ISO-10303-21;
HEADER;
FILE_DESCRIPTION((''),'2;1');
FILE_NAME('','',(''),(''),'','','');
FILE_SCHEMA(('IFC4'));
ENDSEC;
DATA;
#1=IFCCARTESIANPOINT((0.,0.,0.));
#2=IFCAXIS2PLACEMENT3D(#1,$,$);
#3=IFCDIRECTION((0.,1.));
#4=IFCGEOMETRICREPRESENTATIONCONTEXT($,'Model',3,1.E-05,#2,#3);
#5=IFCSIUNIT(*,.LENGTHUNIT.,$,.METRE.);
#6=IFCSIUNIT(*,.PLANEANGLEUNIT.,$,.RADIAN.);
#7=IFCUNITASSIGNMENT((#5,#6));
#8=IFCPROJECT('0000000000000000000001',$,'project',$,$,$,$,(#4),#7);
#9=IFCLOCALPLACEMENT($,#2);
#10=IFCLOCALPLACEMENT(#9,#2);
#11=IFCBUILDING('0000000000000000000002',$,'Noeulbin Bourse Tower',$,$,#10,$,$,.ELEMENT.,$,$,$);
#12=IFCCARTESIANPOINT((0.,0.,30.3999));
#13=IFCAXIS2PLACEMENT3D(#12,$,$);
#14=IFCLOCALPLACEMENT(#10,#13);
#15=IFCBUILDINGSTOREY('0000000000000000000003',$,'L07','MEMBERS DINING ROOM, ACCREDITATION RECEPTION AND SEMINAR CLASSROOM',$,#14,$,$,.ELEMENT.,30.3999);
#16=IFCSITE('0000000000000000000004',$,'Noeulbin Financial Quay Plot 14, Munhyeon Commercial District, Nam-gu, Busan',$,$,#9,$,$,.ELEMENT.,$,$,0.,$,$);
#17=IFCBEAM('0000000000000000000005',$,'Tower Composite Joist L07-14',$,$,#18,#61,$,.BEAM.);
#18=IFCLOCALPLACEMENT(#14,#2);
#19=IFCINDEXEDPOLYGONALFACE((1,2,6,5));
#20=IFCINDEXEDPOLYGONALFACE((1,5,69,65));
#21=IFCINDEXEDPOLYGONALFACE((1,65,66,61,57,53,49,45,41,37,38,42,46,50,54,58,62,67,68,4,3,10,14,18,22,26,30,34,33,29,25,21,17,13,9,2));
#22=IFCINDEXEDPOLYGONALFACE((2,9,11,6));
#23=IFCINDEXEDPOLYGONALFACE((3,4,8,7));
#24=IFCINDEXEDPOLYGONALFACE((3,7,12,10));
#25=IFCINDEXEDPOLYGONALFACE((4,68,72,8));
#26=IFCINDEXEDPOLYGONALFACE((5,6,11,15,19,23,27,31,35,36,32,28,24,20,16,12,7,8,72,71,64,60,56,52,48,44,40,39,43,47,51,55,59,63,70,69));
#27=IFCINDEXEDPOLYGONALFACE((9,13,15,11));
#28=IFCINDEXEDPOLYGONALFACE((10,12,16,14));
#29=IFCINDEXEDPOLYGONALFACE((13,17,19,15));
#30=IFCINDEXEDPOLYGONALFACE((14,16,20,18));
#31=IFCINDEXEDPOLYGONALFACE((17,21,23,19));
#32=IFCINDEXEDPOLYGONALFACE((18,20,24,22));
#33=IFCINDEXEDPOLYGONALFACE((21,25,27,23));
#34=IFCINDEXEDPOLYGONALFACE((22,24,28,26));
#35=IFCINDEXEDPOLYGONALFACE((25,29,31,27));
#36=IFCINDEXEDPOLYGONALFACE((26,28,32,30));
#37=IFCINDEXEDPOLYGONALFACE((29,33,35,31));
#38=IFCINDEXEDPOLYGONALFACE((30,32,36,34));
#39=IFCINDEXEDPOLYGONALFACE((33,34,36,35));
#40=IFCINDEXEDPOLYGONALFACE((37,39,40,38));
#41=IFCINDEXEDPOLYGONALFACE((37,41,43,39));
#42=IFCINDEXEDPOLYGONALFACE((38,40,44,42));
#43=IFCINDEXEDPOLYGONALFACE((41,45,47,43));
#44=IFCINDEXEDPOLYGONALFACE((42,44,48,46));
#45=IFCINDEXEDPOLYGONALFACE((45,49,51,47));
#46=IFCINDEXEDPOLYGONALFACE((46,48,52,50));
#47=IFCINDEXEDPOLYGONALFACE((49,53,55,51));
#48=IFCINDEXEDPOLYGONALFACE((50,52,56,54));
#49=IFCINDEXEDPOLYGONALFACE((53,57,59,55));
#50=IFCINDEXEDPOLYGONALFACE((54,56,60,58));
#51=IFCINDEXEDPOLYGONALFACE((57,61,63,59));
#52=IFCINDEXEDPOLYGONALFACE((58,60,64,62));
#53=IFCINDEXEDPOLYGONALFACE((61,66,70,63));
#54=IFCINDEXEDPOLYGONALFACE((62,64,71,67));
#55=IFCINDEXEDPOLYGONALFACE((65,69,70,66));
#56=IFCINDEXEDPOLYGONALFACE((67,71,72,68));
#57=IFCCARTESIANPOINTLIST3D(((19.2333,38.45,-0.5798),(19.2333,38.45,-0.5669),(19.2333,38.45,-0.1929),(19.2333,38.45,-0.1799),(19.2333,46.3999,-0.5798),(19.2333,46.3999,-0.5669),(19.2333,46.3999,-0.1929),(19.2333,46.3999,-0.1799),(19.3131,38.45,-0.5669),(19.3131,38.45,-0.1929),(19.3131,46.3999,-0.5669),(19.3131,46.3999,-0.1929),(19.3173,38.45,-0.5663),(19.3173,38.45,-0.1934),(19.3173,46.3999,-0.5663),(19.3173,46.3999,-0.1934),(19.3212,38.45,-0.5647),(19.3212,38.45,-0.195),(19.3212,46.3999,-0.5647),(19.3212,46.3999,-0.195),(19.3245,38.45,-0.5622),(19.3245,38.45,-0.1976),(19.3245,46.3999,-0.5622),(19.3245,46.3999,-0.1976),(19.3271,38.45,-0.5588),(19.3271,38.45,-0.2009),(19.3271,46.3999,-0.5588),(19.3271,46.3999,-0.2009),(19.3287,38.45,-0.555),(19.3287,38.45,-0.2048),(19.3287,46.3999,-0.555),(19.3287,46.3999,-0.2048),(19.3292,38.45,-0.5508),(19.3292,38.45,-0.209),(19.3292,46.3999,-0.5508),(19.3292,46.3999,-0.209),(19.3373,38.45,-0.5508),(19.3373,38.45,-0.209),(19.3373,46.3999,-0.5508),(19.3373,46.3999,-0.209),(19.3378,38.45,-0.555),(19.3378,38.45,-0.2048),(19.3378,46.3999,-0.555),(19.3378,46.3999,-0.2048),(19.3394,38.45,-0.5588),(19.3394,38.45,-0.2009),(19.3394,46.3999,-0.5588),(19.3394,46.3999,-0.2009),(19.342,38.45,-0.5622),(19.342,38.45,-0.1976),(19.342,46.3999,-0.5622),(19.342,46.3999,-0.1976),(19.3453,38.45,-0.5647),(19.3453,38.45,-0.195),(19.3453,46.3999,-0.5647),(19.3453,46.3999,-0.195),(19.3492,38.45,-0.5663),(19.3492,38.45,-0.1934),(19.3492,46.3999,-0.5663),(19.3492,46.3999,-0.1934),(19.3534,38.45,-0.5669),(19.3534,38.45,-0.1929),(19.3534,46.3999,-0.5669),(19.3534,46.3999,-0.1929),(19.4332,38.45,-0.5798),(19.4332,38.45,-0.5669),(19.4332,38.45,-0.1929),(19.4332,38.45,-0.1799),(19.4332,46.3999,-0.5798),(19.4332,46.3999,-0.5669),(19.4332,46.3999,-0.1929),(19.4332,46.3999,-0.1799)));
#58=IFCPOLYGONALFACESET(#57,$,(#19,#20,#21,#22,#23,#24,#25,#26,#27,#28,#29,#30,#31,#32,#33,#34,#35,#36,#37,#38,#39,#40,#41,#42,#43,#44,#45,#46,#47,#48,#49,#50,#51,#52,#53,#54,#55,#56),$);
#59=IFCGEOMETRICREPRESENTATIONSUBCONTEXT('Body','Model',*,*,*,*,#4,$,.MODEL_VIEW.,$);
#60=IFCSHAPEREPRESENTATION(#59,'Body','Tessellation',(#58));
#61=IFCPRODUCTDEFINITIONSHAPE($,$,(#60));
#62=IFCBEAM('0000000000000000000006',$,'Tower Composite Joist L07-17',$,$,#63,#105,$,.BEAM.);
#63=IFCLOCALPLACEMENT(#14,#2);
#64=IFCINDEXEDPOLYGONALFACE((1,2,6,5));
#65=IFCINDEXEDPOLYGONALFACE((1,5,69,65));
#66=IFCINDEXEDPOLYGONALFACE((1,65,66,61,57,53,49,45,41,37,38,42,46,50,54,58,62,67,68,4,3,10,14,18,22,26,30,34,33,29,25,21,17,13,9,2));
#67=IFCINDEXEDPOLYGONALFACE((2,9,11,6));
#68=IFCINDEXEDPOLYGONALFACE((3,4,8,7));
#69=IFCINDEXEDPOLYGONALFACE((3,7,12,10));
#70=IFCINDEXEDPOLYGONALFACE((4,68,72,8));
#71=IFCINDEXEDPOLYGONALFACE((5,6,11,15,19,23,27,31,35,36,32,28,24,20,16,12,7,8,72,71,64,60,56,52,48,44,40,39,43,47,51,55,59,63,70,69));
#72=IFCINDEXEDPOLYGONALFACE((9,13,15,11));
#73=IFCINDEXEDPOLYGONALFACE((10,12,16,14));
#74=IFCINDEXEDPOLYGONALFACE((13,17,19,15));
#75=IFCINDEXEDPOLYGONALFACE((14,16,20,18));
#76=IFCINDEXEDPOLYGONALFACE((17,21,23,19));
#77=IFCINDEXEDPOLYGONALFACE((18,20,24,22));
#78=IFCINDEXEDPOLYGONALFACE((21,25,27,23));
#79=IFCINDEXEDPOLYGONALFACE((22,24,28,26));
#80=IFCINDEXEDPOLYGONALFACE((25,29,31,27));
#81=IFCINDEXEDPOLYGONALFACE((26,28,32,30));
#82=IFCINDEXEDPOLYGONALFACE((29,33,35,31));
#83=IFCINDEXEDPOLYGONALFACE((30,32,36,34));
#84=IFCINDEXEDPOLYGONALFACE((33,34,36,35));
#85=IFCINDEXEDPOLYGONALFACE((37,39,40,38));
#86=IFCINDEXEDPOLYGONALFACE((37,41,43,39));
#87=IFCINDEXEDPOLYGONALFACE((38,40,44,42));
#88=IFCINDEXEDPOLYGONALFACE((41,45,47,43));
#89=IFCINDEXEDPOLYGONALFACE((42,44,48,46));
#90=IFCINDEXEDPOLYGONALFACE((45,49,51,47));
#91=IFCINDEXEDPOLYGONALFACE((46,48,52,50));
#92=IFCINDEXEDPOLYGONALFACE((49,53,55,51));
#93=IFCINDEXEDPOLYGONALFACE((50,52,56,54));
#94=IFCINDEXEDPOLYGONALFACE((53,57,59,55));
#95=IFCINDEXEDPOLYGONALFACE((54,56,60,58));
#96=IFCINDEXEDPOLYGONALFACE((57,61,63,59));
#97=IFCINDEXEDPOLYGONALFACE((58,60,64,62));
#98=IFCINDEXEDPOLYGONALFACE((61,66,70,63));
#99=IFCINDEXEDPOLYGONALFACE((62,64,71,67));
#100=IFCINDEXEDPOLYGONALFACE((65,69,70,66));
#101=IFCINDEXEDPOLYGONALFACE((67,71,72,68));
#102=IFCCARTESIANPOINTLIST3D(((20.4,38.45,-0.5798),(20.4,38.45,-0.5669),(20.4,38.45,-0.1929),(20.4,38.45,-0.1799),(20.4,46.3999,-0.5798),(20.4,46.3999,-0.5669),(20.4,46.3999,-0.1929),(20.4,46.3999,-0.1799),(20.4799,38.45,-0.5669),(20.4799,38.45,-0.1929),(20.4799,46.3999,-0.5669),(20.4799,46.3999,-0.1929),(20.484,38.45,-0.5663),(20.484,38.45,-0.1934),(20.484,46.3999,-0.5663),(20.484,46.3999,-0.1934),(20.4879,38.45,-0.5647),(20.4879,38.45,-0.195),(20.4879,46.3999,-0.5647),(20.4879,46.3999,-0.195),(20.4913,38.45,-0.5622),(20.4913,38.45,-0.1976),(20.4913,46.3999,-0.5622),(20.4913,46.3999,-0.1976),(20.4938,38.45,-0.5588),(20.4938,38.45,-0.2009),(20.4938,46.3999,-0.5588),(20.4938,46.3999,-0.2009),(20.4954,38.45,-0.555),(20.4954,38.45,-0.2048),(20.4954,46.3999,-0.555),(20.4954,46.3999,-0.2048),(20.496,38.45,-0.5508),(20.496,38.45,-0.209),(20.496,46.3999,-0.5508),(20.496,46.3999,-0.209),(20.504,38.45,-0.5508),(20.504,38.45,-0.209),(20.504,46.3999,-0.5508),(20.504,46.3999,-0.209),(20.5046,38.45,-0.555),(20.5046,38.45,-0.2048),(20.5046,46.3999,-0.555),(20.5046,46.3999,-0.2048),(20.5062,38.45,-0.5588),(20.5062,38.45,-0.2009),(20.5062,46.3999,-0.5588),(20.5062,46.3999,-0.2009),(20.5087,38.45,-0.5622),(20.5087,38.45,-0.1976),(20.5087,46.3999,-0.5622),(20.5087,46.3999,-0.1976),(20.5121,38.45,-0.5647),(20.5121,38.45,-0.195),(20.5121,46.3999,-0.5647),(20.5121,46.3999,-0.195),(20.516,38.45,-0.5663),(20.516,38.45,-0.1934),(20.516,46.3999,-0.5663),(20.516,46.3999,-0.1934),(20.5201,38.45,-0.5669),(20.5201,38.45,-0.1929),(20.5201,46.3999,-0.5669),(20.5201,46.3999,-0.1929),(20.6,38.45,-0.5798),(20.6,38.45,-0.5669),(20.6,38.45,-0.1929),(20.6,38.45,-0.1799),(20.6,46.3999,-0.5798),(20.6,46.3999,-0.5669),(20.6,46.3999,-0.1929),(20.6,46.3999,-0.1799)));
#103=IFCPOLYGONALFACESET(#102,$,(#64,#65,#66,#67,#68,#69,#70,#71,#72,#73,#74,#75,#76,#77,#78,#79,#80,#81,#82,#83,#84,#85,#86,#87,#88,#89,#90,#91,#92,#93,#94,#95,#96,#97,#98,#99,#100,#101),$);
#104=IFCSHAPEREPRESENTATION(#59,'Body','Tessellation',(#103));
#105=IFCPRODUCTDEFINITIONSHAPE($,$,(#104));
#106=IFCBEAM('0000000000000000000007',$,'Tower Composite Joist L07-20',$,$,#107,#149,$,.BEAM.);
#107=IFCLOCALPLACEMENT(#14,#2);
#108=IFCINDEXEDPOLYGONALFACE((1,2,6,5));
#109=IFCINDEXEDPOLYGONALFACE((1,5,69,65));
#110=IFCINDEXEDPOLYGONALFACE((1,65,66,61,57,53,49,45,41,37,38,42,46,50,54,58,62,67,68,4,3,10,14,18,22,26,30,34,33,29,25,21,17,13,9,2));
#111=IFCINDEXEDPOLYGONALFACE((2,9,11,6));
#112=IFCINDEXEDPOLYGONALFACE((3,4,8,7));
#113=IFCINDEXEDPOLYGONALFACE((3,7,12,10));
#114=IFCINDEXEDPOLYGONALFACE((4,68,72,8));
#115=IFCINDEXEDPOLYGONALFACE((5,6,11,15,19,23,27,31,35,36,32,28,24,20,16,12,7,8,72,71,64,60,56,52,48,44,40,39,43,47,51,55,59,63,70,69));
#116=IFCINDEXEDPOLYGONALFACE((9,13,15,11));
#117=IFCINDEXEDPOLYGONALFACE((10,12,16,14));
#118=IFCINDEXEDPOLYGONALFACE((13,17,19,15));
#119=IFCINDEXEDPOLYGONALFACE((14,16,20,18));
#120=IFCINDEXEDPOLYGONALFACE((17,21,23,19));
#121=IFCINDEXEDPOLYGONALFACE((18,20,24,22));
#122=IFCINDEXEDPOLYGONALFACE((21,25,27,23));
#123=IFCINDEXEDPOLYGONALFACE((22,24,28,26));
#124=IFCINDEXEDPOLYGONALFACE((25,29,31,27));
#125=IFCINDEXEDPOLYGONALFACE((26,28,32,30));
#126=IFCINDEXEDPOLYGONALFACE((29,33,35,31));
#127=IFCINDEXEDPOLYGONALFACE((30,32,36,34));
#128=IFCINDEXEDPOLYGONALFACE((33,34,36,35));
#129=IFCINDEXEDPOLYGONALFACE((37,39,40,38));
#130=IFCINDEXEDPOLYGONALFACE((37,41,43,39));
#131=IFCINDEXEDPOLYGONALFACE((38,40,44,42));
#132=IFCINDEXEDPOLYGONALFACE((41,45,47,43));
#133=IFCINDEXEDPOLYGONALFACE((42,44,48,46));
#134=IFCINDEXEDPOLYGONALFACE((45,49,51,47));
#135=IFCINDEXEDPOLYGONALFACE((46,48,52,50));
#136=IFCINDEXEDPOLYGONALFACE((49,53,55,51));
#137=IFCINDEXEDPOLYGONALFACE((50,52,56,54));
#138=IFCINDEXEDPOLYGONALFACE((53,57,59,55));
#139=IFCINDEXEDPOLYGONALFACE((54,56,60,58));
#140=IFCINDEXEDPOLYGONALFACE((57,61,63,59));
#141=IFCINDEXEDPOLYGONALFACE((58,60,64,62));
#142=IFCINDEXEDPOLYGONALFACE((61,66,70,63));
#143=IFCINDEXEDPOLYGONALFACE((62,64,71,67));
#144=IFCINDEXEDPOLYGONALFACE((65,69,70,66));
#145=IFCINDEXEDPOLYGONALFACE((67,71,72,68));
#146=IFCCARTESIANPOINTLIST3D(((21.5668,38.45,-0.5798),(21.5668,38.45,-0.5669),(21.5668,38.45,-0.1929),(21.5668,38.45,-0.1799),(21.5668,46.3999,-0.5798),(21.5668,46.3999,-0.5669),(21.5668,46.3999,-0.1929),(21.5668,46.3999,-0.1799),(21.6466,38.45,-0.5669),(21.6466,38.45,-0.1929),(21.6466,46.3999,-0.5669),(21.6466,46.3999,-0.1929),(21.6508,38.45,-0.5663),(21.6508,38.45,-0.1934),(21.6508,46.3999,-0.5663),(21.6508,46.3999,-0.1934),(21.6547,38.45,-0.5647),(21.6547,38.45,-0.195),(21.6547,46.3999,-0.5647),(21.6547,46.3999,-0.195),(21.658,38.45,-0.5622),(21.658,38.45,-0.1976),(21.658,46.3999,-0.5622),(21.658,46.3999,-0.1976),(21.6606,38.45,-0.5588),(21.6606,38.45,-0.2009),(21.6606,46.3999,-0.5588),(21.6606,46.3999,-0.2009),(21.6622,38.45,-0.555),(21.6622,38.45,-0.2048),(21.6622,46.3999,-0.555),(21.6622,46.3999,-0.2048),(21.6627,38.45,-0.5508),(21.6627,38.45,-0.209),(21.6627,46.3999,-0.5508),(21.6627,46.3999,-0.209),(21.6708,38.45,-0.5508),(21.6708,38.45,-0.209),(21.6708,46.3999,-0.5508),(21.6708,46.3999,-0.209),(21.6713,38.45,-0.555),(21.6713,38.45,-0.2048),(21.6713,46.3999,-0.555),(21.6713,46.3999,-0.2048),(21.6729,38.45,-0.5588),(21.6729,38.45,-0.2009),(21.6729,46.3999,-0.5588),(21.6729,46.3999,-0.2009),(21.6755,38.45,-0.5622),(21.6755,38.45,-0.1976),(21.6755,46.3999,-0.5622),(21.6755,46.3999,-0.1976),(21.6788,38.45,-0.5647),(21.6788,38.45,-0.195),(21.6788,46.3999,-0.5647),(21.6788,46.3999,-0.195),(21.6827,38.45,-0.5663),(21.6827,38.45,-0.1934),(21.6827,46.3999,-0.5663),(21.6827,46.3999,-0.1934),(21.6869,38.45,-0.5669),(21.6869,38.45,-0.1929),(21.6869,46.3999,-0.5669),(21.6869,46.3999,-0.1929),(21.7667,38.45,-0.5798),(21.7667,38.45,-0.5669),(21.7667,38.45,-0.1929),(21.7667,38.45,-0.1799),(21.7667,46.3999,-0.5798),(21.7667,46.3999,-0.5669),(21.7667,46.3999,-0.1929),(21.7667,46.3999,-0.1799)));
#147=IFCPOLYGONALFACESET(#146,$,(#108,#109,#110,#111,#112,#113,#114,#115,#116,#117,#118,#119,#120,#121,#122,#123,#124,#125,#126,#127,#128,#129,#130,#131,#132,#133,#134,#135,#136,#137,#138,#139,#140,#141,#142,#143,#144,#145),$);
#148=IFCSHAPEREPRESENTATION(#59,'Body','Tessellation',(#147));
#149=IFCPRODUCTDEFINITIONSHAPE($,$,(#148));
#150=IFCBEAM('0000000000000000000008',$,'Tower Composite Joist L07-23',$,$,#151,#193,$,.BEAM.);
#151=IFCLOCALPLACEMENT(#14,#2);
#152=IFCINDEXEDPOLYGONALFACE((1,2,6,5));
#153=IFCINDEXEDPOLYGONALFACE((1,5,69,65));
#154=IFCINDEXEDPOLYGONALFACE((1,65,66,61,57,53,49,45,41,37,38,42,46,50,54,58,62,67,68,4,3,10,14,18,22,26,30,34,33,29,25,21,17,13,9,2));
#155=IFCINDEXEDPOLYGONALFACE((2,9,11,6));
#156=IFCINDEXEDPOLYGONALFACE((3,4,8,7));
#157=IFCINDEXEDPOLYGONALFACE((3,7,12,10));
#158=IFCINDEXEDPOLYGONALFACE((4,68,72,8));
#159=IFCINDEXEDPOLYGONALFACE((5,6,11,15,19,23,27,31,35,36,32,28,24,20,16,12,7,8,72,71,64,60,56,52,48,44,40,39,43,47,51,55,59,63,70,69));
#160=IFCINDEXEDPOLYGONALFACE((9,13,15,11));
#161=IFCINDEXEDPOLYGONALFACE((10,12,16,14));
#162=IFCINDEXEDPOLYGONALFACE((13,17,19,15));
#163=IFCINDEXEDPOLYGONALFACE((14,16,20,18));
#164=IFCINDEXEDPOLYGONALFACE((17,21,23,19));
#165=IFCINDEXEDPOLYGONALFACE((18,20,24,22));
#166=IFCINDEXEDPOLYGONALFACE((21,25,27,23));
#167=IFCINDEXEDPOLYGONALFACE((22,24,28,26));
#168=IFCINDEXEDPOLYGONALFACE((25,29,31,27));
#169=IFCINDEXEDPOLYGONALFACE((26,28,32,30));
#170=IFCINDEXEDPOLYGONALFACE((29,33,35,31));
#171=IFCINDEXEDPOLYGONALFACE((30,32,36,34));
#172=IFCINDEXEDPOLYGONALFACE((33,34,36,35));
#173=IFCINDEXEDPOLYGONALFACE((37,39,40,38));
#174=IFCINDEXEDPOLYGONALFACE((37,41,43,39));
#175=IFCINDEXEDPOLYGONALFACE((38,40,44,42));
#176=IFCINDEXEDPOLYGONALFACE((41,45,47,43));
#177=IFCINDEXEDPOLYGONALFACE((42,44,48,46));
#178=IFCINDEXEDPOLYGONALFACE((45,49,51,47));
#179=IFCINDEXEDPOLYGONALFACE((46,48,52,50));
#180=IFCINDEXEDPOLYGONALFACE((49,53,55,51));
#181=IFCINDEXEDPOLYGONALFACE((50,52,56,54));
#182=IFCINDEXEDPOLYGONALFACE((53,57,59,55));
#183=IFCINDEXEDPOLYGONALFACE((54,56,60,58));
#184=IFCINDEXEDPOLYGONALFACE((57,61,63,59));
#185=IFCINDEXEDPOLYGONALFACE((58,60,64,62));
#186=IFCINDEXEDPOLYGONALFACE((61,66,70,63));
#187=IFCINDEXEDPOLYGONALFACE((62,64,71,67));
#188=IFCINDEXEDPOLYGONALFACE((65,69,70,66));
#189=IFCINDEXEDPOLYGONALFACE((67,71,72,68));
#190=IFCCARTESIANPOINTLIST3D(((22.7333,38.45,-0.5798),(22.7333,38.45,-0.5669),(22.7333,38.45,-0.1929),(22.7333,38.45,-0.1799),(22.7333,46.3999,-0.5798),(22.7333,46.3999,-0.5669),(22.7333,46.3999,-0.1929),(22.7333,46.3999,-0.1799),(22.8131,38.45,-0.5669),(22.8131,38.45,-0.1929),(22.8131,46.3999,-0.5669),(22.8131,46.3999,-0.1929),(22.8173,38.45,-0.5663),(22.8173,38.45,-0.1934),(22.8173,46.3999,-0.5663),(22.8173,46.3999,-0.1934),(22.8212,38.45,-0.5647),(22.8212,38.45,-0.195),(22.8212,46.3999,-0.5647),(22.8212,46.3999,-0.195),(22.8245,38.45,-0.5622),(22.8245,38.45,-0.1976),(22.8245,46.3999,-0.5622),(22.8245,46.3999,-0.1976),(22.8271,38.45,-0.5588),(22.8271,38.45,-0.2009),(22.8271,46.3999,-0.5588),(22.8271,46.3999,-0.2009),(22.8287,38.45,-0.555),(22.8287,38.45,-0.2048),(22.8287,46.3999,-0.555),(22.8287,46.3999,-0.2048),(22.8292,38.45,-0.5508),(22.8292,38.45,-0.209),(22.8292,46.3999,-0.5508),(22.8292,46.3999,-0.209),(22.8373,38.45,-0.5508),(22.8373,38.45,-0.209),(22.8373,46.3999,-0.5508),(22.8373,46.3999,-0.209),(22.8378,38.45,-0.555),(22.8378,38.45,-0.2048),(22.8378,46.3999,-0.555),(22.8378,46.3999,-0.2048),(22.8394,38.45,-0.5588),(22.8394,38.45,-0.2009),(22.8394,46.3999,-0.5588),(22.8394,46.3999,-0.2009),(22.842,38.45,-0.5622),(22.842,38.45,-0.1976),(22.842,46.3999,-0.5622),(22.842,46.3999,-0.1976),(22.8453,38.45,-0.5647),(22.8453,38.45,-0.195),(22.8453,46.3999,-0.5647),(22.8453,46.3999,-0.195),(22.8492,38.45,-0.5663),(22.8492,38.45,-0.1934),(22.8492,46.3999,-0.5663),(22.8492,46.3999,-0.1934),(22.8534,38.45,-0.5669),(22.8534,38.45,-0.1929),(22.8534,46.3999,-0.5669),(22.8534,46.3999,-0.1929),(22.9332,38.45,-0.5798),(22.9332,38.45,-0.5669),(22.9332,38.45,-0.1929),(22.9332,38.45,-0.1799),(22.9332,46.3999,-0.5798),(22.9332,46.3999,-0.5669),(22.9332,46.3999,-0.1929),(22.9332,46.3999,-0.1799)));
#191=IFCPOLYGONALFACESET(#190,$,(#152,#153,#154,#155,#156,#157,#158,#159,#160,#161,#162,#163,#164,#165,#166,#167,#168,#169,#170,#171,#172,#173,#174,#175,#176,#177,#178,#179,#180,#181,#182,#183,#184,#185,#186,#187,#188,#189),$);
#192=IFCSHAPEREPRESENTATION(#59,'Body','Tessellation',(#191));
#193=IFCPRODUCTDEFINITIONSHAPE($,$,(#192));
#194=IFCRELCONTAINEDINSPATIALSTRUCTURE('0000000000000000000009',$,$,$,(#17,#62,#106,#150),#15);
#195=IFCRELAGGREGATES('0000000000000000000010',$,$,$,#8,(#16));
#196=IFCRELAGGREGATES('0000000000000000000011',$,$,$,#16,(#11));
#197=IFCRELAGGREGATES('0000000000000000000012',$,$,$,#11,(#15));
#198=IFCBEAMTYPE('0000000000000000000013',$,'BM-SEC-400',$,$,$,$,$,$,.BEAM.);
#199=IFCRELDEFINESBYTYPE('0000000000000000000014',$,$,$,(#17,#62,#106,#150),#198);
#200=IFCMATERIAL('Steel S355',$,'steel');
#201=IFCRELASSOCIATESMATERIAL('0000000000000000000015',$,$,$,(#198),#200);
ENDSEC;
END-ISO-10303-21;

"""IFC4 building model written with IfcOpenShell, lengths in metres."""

from ifc_helpers import new_model, si_unit, direction, frame, origin, origin_2d, place, context, subcontext, project, spatial, i_section, extrude, material, material_profile, profile_set, type_object, element, save


model = new_model("IFC4")

# Units and contexts
model_context = context("Model", 3, precision=1e-05, world=origin(), true_north=direction((0.0, 1.0)))
body_context = subcontext(model_context, "Body", "Model", "MODEL_VIEW")
ifc_project = project(units=[si_unit("LENGTHUNIT", "METRE"), si_unit("PLANEANGLEUNIT", "RADIAN")], contexts=[model_context])

# Site, building, storey
site_placement = place(None, origin())
site = spatial("IfcSite", under=ifc_project, at=site_placement, Name="Noeulbin Financial Quay Plot 14, Munhyeon Commercial District, Nam-gu, Busan", CompositionType="ELEMENT", RefElevation=0.0)
building_placement = place(site_placement, origin())
building = spatial("IfcBuilding", under=site, at=building_placement, Name="Noeulbin Bourse Tower", CompositionType="ELEMENT")
storey_placement = place(building_placement, frame((0.0, 0.0, 30.3999)))
storey = spatial("IfcBuildingStorey", under=building, at=storey_placement, Name="L07", Description="MEMBERS DINING ROOM, ACCREDITATION RECEPTION AND SEMINAR CLASSROOM", CompositionType="ELEMENT", Elevation=30.3999)

# Beams
ifc_material_1 = material(Name="Steel S355", Category="steel")
ifc_material_profile_1 = material_profile(ifc_material_1, i_section(OverallWidth=0.2, OverallDepth=0.3999, WebThickness=0.0081, FlangeThickness=0.0129, FilletRadius=0.0161, at=origin_2d()), Name="H-400x200x8x13", Category="LoadBearing")
ifc_profile_set_1 = profile_set([ifc_material_profile_1], Name="Steel S355")
beam_type_1 = type_object("IfcBeamType", Name="BM-SEC-400", PredefinedType="BEAM", material=ifc_profile_set_1)
for number, where, z_axis, x_axis, name in (
    (1, (19.3333, 38.45, -0.3799), (0.0, 1.0, 0.0), (-1.0, 0.0, 0.0), "Tower Composite Joist L07-14"),
    (2, (20.5, 38.45, -0.3799), (0.0, 1.0, 0.0), (-1.0, 0.0, 0.0), "Tower Composite Joist L07-17"),
    (3, (21.6667, 38.45, -0.3799), (0.0, 1.0, 0.0), (-1.0, 0.0, 0.0), "Tower Composite Joist L07-20"),
    (4, (22.8333, 38.45, -0.3799), (0.0, 1.0, 0.0), (-1.0, 0.0, 0.0), "Tower Composite Joist L07-23"),
):
    element("IfcBeam", number, at=place(storey_placement, frame(where, z_axis=z_axis, x_axis=x_axis)), inside=storey, type_object=beam_type_1, Name=name, PredefinedType="BEAM", context=body_context, shape_type="SweptSolid", body=[
        extrude(i_section(OverallWidth=0.2, OverallDepth=0.3999, WebThickness=0.0081, FlangeThickness=0.0129, FilletRadius=0.0161, at=origin_2d()), origin(), (0.0, 0.0, 1.0), 7.95),
    ])

save(model, "model.ifc")
